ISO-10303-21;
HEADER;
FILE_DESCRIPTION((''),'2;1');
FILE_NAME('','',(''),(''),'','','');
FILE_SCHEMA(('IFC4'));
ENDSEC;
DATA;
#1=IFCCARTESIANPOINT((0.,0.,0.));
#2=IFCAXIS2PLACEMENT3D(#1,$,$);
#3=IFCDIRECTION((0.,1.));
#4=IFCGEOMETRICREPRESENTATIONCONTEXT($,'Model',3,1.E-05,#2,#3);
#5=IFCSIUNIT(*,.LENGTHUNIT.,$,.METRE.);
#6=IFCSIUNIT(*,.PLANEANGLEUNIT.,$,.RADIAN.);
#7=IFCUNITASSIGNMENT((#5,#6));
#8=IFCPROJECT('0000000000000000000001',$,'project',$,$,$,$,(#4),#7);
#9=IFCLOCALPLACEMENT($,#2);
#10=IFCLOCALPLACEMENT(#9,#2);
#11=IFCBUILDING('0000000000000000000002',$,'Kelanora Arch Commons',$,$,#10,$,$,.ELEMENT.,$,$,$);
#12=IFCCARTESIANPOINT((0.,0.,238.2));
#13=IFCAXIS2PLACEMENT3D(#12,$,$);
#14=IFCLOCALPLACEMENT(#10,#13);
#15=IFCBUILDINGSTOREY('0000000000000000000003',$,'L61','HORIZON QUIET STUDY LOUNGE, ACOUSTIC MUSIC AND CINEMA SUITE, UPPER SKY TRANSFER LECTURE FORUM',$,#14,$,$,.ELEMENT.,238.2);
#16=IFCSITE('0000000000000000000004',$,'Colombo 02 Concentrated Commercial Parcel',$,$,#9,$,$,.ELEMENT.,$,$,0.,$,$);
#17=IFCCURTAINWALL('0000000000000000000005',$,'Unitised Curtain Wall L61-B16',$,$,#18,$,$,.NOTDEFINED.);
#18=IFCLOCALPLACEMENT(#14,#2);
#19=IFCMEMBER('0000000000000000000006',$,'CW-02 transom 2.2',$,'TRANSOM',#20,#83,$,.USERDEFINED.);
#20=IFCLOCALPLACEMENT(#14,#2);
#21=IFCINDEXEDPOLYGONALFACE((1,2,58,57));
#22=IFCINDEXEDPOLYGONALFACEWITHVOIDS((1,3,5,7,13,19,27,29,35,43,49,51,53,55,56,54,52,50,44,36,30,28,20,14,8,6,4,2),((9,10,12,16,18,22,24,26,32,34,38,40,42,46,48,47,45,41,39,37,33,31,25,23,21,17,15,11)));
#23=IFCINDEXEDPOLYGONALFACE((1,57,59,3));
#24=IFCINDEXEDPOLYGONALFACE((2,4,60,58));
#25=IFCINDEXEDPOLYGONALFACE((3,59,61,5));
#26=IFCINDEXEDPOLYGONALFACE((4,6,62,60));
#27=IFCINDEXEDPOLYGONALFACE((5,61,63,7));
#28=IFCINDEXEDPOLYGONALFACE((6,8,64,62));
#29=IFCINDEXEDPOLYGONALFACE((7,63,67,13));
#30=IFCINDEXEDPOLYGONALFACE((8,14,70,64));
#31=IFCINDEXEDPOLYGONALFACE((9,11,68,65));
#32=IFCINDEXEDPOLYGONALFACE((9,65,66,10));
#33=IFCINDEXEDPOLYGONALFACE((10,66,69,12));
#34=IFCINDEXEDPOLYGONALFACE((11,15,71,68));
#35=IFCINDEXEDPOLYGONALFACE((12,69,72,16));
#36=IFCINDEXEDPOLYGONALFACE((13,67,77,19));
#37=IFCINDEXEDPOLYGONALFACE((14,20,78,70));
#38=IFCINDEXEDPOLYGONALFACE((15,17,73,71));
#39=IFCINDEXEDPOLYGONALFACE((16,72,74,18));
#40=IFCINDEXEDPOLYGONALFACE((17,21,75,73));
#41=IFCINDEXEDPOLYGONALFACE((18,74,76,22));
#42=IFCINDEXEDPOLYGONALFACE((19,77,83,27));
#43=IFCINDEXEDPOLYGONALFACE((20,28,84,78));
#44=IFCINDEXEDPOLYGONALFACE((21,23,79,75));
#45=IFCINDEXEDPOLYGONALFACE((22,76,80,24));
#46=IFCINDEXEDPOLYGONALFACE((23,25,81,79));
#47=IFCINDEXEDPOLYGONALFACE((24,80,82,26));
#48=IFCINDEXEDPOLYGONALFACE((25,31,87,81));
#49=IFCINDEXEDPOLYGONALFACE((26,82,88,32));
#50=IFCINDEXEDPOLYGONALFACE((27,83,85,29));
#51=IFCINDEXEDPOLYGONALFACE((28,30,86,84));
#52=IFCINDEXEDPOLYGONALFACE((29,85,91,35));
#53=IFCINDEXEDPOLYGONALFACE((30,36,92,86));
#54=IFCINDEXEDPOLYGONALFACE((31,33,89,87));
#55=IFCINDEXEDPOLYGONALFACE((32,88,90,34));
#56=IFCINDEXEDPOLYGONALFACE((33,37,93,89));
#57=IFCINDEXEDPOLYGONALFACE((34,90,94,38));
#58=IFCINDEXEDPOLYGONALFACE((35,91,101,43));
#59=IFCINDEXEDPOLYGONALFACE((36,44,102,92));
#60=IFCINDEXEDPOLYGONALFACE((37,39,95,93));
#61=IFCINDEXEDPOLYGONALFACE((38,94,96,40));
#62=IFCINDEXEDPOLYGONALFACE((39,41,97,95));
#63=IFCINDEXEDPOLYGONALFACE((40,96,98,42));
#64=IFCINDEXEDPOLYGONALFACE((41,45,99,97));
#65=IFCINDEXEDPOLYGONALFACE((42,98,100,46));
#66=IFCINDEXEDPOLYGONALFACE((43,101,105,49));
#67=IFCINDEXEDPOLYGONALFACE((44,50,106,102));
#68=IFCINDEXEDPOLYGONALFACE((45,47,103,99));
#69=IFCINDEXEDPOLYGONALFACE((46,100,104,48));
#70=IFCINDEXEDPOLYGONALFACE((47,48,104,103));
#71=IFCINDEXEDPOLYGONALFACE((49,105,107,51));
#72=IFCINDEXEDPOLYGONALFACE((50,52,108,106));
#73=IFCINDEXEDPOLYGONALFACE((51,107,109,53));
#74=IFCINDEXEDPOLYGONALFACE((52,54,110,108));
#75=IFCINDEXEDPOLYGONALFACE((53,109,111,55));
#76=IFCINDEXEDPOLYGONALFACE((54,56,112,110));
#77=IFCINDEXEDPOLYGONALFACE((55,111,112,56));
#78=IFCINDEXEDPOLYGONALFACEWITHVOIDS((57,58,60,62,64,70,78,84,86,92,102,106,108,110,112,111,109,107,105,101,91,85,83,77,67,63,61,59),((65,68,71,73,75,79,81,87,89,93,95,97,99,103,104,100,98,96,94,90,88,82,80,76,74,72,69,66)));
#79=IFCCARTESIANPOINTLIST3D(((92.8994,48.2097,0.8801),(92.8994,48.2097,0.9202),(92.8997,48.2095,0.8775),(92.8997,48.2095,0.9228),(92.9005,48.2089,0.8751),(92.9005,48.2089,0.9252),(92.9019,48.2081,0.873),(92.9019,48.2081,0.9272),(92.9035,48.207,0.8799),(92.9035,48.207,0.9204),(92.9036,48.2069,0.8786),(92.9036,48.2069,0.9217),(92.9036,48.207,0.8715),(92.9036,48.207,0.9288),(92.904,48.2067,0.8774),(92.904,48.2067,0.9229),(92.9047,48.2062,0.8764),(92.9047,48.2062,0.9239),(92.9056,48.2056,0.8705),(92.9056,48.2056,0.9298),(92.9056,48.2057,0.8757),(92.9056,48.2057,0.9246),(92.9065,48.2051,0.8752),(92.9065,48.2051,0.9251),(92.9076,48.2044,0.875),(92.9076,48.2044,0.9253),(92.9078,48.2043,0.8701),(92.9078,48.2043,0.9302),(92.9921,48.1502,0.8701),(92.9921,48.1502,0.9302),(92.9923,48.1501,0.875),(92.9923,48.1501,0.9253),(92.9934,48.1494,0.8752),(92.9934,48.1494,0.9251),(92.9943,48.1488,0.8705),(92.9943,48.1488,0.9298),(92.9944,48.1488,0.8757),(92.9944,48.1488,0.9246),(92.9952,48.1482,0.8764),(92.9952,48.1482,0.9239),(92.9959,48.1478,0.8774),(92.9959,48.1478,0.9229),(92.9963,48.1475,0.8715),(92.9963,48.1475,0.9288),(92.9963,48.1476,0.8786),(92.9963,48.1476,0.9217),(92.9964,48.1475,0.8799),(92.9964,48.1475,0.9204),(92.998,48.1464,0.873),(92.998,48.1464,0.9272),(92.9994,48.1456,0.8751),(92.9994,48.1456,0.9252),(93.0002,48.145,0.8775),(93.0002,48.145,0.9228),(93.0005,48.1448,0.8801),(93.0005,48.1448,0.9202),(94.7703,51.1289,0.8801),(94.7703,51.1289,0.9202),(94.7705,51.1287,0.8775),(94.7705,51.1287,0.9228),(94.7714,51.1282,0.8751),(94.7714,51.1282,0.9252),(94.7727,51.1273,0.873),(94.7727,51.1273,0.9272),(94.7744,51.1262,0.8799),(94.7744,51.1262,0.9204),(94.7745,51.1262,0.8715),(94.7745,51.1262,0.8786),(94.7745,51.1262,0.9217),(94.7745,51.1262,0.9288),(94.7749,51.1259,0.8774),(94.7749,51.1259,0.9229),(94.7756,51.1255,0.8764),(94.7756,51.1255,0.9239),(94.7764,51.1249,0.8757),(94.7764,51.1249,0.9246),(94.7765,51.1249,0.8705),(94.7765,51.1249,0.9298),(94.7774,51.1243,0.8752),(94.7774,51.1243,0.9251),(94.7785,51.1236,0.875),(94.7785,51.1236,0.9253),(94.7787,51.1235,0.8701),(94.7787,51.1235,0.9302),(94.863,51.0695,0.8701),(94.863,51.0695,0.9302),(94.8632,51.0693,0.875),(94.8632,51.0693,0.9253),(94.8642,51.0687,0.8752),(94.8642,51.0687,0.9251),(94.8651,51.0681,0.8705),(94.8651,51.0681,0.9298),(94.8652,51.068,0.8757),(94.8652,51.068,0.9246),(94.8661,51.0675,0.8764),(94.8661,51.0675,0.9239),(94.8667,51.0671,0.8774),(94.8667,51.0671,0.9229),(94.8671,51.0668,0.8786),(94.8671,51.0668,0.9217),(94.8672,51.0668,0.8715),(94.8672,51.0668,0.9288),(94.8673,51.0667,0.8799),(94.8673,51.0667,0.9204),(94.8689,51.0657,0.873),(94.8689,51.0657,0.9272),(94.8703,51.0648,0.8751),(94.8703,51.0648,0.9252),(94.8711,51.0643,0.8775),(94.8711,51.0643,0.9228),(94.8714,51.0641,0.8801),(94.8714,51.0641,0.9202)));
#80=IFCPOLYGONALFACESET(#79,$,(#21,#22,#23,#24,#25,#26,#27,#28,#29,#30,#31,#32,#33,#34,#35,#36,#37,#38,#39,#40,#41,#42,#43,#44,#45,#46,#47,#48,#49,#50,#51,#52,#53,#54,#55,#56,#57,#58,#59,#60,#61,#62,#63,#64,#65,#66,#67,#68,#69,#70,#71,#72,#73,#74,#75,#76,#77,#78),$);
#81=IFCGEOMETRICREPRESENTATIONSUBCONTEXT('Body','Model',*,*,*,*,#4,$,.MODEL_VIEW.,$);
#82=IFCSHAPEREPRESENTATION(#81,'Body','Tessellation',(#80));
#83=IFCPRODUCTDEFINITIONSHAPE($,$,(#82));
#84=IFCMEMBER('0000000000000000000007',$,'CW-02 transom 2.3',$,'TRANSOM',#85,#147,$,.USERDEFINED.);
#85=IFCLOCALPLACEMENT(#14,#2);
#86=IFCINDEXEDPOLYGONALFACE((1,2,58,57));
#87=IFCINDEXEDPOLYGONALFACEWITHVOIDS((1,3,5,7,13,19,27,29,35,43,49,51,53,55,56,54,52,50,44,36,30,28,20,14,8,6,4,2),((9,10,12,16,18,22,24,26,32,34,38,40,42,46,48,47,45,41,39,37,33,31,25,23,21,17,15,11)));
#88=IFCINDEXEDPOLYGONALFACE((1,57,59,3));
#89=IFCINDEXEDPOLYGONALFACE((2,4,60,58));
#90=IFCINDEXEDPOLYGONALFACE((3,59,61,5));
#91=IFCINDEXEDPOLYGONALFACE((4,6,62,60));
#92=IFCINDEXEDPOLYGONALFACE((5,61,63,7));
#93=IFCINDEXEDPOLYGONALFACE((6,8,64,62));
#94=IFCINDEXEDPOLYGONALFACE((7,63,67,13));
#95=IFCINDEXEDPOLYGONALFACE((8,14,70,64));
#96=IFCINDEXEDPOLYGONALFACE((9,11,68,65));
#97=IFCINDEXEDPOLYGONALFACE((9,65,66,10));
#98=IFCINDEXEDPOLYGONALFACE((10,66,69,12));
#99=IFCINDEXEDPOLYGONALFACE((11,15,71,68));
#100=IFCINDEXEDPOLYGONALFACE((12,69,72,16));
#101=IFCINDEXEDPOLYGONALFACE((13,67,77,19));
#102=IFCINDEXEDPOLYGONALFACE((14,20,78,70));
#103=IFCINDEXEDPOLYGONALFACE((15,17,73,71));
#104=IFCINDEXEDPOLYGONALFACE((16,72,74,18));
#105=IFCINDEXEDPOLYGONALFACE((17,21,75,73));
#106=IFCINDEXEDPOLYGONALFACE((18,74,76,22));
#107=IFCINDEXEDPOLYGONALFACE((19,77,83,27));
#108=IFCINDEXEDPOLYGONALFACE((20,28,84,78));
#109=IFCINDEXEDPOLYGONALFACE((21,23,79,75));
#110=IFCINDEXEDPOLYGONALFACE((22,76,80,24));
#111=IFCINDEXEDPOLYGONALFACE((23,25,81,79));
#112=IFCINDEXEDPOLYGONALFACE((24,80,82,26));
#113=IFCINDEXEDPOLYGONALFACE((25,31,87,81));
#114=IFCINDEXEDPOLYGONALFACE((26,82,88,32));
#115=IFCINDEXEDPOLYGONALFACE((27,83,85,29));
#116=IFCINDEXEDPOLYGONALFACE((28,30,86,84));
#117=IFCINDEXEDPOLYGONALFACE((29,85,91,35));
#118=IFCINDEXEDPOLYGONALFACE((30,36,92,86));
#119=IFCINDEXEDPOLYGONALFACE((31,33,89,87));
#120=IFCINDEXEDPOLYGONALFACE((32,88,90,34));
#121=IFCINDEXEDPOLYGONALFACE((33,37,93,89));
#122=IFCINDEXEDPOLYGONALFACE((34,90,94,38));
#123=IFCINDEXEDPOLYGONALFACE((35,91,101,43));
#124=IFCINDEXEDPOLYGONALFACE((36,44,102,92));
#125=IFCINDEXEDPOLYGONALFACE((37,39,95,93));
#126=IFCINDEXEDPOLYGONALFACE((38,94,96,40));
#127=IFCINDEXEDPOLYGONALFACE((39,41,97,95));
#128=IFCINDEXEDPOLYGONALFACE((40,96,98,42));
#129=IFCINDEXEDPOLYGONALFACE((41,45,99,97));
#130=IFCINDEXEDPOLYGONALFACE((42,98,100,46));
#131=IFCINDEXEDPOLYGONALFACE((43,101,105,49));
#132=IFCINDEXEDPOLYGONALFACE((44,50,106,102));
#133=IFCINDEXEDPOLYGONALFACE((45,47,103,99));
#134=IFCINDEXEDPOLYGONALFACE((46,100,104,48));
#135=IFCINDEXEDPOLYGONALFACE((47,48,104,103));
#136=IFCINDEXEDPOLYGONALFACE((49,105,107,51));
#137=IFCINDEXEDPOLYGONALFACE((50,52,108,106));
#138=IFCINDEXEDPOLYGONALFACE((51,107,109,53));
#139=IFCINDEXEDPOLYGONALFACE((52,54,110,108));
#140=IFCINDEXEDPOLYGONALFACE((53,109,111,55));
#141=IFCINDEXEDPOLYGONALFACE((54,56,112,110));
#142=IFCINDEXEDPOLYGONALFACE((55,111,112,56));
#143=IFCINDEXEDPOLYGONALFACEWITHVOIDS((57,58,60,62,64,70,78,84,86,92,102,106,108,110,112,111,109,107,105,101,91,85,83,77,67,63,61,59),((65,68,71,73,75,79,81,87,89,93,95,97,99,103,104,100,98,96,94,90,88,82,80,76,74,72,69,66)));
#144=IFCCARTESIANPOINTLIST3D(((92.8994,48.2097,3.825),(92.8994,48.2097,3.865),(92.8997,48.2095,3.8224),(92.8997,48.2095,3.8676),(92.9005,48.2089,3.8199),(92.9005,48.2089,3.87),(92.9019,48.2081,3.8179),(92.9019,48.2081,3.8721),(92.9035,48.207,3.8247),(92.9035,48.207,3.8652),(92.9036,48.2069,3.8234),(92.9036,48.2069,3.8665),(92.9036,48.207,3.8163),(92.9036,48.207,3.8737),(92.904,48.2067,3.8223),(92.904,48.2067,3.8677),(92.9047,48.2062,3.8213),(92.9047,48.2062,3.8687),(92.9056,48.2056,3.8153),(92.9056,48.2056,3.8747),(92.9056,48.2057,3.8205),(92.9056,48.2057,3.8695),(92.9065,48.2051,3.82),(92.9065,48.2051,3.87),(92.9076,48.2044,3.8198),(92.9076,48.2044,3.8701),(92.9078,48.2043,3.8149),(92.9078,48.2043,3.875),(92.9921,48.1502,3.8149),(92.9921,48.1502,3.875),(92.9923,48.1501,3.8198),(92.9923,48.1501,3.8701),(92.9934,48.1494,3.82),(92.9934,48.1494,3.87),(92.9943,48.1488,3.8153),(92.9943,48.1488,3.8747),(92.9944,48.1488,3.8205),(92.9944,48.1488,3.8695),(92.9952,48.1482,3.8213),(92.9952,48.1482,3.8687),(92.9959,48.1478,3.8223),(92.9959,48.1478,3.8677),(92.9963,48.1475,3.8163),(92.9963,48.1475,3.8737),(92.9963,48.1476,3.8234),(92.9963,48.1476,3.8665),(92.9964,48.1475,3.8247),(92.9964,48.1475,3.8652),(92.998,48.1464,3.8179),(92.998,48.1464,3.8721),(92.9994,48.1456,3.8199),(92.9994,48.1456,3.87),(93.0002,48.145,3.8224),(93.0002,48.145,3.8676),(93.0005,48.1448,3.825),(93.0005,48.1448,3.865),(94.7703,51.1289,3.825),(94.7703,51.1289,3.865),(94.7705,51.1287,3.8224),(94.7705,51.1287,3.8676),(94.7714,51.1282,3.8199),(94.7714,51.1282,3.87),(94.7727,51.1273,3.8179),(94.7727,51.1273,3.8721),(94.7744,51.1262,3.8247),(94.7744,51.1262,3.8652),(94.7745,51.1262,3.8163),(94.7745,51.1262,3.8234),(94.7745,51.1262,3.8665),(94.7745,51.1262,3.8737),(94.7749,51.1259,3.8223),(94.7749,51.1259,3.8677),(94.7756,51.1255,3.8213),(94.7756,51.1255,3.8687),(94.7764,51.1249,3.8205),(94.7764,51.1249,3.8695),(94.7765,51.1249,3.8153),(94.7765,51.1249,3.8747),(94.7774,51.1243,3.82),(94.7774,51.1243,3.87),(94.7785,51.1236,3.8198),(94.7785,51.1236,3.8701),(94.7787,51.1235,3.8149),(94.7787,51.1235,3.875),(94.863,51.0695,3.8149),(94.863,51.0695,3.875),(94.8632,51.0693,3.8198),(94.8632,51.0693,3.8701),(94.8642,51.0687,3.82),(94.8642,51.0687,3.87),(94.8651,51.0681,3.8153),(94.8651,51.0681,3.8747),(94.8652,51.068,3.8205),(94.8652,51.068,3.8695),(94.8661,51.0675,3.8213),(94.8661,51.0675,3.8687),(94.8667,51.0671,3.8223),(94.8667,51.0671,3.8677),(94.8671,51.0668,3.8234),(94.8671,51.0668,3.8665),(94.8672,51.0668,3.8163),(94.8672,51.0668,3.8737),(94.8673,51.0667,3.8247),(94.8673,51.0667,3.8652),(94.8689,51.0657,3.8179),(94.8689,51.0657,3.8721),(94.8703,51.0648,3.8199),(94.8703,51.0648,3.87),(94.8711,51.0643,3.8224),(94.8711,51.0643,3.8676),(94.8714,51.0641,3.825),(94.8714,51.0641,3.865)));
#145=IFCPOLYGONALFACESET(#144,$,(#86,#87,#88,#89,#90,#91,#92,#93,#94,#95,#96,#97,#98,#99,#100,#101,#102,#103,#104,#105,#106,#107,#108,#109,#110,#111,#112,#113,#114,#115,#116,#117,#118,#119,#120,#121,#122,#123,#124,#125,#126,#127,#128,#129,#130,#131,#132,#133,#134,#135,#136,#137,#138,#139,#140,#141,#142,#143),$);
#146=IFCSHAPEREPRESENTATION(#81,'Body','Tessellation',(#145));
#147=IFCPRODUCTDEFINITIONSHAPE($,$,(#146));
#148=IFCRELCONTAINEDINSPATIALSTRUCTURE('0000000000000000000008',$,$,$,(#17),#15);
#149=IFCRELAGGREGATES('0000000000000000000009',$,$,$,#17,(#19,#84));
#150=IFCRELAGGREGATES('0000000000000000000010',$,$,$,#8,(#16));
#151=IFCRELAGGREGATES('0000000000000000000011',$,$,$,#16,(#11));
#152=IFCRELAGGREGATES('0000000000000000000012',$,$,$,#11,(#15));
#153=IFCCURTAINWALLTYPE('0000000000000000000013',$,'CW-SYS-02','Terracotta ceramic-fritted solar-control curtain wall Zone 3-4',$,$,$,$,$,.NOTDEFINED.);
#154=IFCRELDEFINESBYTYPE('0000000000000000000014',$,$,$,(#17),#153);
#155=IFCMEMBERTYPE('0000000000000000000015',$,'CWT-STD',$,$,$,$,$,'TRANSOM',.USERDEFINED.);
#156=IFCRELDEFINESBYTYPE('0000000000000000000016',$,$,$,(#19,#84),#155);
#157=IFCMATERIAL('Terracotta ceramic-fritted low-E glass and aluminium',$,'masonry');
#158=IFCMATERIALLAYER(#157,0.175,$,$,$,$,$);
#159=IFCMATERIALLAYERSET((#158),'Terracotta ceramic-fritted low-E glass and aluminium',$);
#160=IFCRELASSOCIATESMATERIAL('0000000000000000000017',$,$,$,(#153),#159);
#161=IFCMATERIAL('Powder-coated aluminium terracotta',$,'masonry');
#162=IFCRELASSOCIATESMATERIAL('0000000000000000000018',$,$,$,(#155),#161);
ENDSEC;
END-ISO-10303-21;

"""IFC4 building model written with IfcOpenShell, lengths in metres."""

from ifc_helpers import new_model, si_unit, direction, frame, origin, origin_2d, place, context, subcontext, project, spatial, hollow_rectangle, extrude, material, layer, layer_set, material_profile, profile_set, type_object, element, aggregate, save


model = new_model("IFC4")

# Units and contexts
model_context = context("Model", 3, precision=1e-05, world=origin(), true_north=direction((0.0, 1.0)))
body_context = subcontext(model_context, "Body", "Model", "MODEL_VIEW")
ifc_project = project(units=[si_unit("LENGTHUNIT", "METRE"), si_unit("PLANEANGLEUNIT", "RADIAN")], contexts=[model_context])

# Site, building, storey
site_placement = place(None, origin())
site = spatial("IfcSite", under=ifc_project, at=site_placement, Name="Colombo 02 Concentrated Commercial Parcel", CompositionType="ELEMENT", RefElevation=0.0)
building_placement = place(site_placement, origin())
building = spatial("IfcBuilding", under=site, at=building_placement, Name="Kelanora Arch Commons", CompositionType="ELEMENT")
storey_placement = place(building_placement, frame((0.0, 0.0, 238.2)))
storey = spatial("IfcBuildingStorey", under=building, at=storey_placement, Name="L61", Description="HORIZON QUIET STUDY LOUNGE, ACOUSTIC MUSIC AND CINEMA SUITE, UPPER SKY TRANSFER LECTURE FORUM", CompositionType="ELEMENT", Elevation=238.2)

# Curtain wall, members
ifc_material_1 = material(Name="Terracotta ceramic-fritted low-E glass and aluminium", Category="masonry")
ifc_layer_1 = layer(ifc_material_1, 0.175)
ifc_layer_set_1 = layer_set([ifc_layer_1], Name="Terracotta ceramic-fritted low-E glass and aluminium")
curtain_wall_type = type_object("IfcCurtainWallType", Name="CW-SYS-02", Description="Terracotta ceramic-fritted solar-control curtain wall Zone 3-4", PredefinedType="NOTDEFINED", material=ifc_layer_set_1)
curtain_wall_placement = place(storey_placement, origin())
curtain_wall = element("IfcCurtainWall", 1, at=curtain_wall_placement, inside=storey, type_object=curtain_wall_type, Name="Unitised Curtain Wall L61-B16", PredefinedType="NOTDEFINED")
ifc_material_2 = material(Name="Powder-coated aluminium terracotta", Category="masonry")
ifc_material_profile_1 = material_profile(ifc_material_2, hollow_rectangle(XDim=0.1201, YDim=0.0601, WallThickness=0.0049, InnerFilletRadius=0.0049, OuterFilletRadius=0.01, at=origin_2d()), Name="CWT120x60")
ifc_profile_set_1 = profile_set([ifc_material_profile_1], Name="Powder-coated aluminium terracotta")
member_type_1 = type_object("IfcMemberType", Name="CWT-STD", ElementType="TRANSOM", PredefinedType="USERDEFINED", material=ifc_profile_set_1)
member_1_placement = place(storey_placement, frame((92.95, 48.1772, 0.9001), z_axis=(0.539579, 0.841935, 0.0), x_axis=(-0.841935, 0.539579, 0.0)))
member_1 = element("IfcMember", 2, at=member_1_placement, type_object=member_type_1, Name="CW-02 transom 2.2", ObjectType="TRANSOM", PredefinedType="USERDEFINED", context=body_context, shape_type="SweptSolid", body=[
    extrude(hollow_rectangle(XDim=0.1201, YDim=0.0601, WallThickness=0.0049, InnerFilletRadius=0.0049, OuterFilletRadius=0.01, at=origin_2d()), origin(), (0.0, 0.0, 1.0), 3.4673),
])
member_2_placement = place(storey_placement, frame((92.95, 48.1772, 3.845), z_axis=(0.539579, 0.841935, 0.0), x_axis=(-0.841935, 0.539579, 0.0)))
member_2 = element("IfcMember", 3, at=member_2_placement, type_object=member_type_1, Name="CW-02 transom 2.3", ObjectType="TRANSOM", PredefinedType="USERDEFINED", context=body_context, shape_type="SweptSolid", body=[
    extrude(hollow_rectangle(XDim=0.1201, YDim=0.0601, WallThickness=0.0049, InnerFilletRadius=0.0049, OuterFilletRadius=0.01, at=origin_2d()), origin(), (0.0, 0.0, 1.0), 3.4673),
])
aggregate(curtain_wall, [member_1, member_2])

save(model, "model.ifc")
